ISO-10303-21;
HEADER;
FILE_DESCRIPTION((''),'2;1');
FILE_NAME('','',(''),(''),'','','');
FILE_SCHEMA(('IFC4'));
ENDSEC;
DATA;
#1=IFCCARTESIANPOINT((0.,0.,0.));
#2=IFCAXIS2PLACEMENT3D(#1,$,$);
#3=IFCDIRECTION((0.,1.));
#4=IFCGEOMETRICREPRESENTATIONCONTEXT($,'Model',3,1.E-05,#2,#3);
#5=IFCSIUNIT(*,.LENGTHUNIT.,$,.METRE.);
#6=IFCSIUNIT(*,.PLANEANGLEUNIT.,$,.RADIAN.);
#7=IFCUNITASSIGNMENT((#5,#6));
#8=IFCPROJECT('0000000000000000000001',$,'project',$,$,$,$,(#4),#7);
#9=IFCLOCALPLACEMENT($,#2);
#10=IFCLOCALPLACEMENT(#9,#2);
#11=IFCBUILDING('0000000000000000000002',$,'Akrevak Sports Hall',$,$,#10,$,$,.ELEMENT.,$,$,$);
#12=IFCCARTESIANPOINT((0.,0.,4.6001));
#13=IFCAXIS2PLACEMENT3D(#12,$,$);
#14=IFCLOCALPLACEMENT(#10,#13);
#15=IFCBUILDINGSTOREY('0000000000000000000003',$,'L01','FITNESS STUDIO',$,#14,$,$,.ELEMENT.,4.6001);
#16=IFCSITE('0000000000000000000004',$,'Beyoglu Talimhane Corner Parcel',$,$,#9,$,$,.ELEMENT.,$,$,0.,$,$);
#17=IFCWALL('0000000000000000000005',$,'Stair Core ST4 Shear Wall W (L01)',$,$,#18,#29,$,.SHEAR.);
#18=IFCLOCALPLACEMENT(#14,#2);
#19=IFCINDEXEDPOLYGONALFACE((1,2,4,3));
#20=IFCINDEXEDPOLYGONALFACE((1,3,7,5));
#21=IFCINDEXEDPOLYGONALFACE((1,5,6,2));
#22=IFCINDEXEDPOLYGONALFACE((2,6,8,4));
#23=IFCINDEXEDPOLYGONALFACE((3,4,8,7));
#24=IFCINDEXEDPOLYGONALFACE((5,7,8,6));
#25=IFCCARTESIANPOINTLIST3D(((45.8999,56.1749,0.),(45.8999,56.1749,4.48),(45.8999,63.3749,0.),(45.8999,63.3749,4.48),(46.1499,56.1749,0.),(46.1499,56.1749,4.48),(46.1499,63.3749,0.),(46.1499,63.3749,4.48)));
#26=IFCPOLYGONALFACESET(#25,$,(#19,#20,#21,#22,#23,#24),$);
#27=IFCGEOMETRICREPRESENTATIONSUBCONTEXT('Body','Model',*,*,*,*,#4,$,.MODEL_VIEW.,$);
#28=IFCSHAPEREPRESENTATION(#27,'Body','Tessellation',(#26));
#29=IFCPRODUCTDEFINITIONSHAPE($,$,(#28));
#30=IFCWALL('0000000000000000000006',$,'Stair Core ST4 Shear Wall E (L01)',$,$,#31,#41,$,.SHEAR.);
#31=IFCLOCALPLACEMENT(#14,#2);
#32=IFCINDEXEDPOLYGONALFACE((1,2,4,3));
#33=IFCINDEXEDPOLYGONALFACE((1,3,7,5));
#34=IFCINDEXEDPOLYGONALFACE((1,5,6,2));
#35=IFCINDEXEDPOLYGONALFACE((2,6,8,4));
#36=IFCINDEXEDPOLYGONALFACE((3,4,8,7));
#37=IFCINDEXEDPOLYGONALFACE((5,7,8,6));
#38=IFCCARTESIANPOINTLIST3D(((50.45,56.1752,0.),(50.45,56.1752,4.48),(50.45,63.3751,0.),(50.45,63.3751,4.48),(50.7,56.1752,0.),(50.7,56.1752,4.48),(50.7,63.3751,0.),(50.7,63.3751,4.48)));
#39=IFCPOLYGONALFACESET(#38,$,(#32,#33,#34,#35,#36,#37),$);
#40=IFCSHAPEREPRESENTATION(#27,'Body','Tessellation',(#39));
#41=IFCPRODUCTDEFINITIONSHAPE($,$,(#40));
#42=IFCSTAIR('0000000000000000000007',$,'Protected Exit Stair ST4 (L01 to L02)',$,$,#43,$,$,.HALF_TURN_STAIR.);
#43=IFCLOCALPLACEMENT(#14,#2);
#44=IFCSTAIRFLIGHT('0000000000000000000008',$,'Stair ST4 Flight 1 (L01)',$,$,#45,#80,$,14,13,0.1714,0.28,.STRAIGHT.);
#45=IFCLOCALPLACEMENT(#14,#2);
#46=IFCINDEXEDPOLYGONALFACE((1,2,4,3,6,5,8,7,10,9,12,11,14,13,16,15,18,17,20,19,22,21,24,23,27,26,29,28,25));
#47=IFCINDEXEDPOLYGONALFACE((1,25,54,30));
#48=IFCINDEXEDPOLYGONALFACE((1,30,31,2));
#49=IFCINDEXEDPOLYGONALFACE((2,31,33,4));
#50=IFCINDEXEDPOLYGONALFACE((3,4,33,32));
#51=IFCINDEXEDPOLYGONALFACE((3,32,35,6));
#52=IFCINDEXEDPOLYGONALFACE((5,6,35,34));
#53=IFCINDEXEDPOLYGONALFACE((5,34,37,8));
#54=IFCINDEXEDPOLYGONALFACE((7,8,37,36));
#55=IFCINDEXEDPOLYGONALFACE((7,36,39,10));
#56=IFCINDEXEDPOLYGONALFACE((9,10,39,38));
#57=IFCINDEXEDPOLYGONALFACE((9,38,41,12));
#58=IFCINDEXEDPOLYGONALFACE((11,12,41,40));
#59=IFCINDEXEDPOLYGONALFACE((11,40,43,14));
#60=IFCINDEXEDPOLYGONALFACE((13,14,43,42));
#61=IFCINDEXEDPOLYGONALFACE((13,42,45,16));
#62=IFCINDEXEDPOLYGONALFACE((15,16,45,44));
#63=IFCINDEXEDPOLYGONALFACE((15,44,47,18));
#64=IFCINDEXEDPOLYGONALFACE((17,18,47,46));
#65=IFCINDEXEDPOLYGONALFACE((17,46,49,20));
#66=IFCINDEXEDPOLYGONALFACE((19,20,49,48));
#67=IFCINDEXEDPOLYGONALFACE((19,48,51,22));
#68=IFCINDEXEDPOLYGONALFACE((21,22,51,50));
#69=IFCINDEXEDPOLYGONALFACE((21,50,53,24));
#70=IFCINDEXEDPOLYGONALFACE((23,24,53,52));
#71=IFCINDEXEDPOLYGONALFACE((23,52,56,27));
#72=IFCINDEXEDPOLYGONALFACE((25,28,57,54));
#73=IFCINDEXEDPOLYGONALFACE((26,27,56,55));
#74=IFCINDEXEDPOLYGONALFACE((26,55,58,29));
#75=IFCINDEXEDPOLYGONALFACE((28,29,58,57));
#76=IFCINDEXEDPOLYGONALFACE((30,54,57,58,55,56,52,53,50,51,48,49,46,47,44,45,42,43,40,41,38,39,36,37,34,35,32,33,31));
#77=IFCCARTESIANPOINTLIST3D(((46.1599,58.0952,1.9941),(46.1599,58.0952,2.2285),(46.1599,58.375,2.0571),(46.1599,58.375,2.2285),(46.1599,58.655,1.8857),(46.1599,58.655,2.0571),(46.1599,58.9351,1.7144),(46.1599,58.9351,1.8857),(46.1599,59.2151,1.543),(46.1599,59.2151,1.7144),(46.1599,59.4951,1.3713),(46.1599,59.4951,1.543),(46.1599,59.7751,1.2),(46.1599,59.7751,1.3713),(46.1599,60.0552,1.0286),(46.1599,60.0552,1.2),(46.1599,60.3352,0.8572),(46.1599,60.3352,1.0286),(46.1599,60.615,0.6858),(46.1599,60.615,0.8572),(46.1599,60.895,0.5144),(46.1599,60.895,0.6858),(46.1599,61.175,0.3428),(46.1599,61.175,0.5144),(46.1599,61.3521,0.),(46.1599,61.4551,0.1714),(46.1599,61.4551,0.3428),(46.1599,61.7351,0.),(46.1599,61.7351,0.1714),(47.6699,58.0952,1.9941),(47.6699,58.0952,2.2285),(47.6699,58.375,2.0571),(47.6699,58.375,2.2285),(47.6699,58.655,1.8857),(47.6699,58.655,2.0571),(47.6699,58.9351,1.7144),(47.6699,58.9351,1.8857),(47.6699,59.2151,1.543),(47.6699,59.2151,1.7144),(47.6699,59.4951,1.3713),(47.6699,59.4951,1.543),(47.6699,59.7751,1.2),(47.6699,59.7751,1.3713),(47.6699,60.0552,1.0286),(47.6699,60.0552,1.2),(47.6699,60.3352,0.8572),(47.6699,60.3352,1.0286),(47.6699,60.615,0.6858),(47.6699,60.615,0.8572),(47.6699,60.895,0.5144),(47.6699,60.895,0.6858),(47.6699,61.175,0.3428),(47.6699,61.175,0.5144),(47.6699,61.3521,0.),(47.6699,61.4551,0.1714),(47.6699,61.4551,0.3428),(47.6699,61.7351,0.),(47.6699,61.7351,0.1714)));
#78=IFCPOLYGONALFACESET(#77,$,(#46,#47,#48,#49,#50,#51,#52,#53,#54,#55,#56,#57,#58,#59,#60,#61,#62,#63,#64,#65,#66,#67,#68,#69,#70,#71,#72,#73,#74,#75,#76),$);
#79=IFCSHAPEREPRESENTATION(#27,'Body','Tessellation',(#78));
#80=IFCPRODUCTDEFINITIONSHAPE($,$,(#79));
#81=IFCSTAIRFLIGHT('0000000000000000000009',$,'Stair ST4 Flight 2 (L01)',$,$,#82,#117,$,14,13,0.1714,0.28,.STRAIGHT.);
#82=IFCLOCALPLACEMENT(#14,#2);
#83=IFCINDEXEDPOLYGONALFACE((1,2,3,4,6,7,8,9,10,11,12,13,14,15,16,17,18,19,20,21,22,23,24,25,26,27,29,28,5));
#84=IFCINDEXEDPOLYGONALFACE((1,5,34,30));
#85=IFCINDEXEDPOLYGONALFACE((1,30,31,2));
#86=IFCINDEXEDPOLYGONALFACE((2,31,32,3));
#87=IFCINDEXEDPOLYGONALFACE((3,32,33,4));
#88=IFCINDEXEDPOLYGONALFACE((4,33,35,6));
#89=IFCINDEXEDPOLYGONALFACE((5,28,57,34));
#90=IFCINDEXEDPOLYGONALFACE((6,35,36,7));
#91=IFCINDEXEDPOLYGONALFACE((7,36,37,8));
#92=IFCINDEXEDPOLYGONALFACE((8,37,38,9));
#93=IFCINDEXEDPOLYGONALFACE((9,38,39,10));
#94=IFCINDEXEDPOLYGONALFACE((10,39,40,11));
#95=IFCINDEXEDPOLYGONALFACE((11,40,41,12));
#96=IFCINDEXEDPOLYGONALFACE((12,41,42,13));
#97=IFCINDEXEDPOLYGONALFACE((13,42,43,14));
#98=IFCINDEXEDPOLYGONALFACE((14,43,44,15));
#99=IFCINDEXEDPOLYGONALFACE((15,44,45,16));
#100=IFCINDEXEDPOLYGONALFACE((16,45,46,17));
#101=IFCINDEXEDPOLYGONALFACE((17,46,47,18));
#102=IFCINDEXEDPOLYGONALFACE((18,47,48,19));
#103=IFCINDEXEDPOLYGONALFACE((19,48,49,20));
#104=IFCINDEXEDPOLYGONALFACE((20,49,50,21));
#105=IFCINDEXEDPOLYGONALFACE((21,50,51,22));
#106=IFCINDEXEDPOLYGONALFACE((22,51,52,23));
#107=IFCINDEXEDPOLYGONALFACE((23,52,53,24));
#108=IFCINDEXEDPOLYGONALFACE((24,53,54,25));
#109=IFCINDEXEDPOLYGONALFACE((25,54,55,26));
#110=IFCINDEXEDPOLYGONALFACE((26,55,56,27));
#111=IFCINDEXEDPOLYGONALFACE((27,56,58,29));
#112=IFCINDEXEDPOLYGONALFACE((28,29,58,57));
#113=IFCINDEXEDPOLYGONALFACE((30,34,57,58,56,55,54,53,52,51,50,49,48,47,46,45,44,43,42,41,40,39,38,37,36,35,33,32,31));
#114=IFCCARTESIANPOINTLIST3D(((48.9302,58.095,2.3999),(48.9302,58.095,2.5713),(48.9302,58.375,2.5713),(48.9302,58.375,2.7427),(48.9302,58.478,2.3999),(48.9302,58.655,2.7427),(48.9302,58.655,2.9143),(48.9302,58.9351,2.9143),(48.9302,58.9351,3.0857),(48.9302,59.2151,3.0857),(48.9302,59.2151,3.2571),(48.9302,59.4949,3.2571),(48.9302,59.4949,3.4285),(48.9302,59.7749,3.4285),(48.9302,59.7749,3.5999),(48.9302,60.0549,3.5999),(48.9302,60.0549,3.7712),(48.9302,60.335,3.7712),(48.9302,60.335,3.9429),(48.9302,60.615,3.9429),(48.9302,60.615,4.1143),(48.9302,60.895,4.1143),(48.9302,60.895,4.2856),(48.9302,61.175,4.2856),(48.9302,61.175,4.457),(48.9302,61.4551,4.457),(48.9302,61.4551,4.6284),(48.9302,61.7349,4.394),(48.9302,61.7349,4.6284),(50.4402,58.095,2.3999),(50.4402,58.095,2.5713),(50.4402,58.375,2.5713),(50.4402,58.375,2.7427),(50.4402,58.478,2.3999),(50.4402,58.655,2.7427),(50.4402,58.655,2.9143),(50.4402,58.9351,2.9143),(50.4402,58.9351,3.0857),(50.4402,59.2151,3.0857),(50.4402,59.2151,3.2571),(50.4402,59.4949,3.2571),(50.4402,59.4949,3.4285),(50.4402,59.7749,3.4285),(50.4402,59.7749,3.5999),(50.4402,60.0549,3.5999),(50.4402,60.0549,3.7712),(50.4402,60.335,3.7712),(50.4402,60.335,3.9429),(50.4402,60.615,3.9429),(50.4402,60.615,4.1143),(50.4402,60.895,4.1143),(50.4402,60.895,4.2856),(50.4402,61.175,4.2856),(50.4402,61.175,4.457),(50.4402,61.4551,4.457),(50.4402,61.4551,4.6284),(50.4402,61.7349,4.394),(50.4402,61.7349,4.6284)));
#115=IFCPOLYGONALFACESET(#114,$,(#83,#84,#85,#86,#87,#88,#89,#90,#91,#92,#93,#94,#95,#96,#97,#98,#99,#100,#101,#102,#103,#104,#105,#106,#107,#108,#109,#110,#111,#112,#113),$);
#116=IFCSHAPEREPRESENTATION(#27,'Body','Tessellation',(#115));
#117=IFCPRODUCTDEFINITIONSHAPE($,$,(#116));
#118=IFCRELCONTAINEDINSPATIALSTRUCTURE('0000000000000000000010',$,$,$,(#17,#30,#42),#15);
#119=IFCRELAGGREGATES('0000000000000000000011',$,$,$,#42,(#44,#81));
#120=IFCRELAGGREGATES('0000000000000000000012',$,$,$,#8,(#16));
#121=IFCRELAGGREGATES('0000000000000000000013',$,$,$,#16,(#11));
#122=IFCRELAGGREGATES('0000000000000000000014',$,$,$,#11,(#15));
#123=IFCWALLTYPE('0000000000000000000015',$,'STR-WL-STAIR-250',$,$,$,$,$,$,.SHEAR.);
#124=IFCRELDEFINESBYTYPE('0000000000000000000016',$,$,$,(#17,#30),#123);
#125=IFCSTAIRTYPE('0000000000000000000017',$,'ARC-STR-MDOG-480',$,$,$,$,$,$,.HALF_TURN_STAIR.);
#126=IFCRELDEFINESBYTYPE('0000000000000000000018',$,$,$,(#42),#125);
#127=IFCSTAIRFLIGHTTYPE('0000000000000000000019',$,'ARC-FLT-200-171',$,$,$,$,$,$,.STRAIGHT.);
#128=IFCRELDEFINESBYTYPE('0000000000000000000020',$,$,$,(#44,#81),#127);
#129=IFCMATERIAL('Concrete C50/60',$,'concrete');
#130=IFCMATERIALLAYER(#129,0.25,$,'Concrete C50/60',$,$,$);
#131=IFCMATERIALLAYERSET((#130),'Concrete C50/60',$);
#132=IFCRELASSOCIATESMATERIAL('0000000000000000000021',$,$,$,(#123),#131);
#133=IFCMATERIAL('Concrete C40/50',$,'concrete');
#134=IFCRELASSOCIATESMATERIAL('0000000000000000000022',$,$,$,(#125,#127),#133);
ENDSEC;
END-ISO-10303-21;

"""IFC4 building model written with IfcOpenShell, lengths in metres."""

from ifc_helpers import new_model, si_unit, direction, frame, frame_2d, origin, place, context, subcontext, project, spatial, polyline, rectangle, outline, extrude, material, layer, layer_set, type_object, element, aggregate, save


model = new_model("IFC4")

# Units and contexts
model_context = context("Model", 3, precision=1e-05, world=origin(), true_north=direction((0.0, 1.0)))
body_context = subcontext(model_context, "Body", "Model", "MODEL_VIEW")
ifc_project = project(units=[si_unit("LENGTHUNIT", "METRE"), si_unit("PLANEANGLEUNIT", "RADIAN")], contexts=[model_context])

# Site, building, storey
site_placement = place(None, origin())
site = spatial("IfcSite", under=ifc_project, at=site_placement, Name="Beyoglu Talimhane Corner Parcel", CompositionType="ELEMENT", RefElevation=0.0)
building_placement = place(site_placement, origin())
building = spatial("IfcBuilding", under=site, at=building_placement, Name="Akrevak Sports Hall", CompositionType="ELEMENT")
storey_placement = place(building_placement, frame((0.0, 0.0, 4.6001)))
storey = spatial("IfcBuildingStorey", under=building, at=storey_placement, Name="L01", Description="FITNESS STUDIO", CompositionType="ELEMENT", Elevation=4.6001)

# Shared definitions
ifc_material_1 = material(Name="Concrete C50/60", Category="concrete")

# Shared definitions
ifc_material_2 = material(Name="Concrete C40/50", Category="concrete")

# Shared definitions
ifc_layer_1 = layer(ifc_material_1, 0.25, Name="Concrete C50/60")
ifc_layer_set_1 = layer_set([ifc_layer_1], Name="Concrete C50/60")
wall_type_1 = type_object("IfcWallType", Name="STR-WL-STAIR-250", PredefinedType="SHEAR", material=ifc_layer_set_1)

# Walls
for number, where, z_axis, x_axis, name in (
    (1, (46.0249, 63.375, 0.0), (0.0, 0.0, 1.0), (0.0, -1.0, 0.0), "Stair Core ST4 Shear Wall W (L01)"),
    (2, (50.575, 56.175, 0.0), (0.0, 0.0, 1.0), (0.0, 1.0, 0.0), "Stair Core ST4 Shear Wall E (L01)"),
):
    element("IfcWall", number, at=place(storey_placement, frame(where, z_axis=z_axis, x_axis=x_axis)), inside=storey, type_object=wall_type_1, Name=name, PredefinedType="SHEAR", context=body_context, shape_type="SweptSolid", body=[
        extrude(rectangle(XDim=7.2, YDim=0.25, at=frame_2d((3.6001, 0.0))), origin(), (0.0, 0.0, 1.0), 4.48),
    ])

# Stair, stair flights
stair_type = type_object("IfcStairType", Name="ARC-STR-MDOG-480", PredefinedType="HALF_TURN_STAIR", material=ifc_material_2)
stair_placement = place(storey_placement, origin())
stair = element("IfcStair", 3, at=stair_placement, inside=storey, type_object=stair_type, Name="Protected Exit Stair ST4 (L01 to L02)", PredefinedType="HALF_TURN_STAIR")
stair_flight_type = type_object("IfcStairFlightType", Name="ARC-FLT-200-171", PredefinedType="STRAIGHT", material=ifc_material_2)
stair_flight_1_placement = place(storey_placement, frame((46.915, 61.7351, 0.0), z_axis=(0.0, 0.0, 1.0), x_axis=(0.0, -1.0, 0.0)))
stair_flight_1 = element("IfcStairFlight", 4, at=stair_flight_1_placement, type_object=stair_flight_type, Name="Stair ST4 Flight 1 (L01)", NumberOfRisers=14, NumberOfTreads=13, PredefinedType="STRAIGHT", RiserHeight=0.1714, TreadLength=0.28, context=body_context, shape_type="SweptSolid", body=[
    extrude(outline(polyline([(0.0, 0.0), (0.0, 0.1714), (0.28, 0.1714), (0.28, 0.3428), (0.5601, 0.3428), (0.5601, 0.5144), (0.8401, 0.5144), (0.8401, 0.6858), (1.1201, 0.6858), (1.1201, 0.8572), (1.3999, 0.8572), (1.3999, 1.0286), (1.6799, 1.0286), (1.6799, 1.2), (1.96, 1.2), (1.96, 1.3713), (2.24, 1.3713), (2.24, 1.543), (2.52, 1.543), (2.52, 1.7144), (2.8, 1.7144), (2.8, 1.8857), (3.0801, 1.8857), (3.0801, 2.0571), (3.3601, 2.0571), (3.3601, 2.2285), (3.6399, 2.2285), (3.6399, 2.3999), (3.6399, 1.9941), (0.3831, 0.0), (0.0, 0.0)])), frame((0.0, 0.7549, 0.0), z_axis=(0.0, -1.0, 0.0), x_axis=(1.0, 0.0, 0.0)), (0.0, 0.0, 1.0), 1.51),
])
stair_flight_2_placement = place(storey_placement, frame((49.6851, 58.095, 2.3999), z_axis=(0.0, 0.0, 1.0), x_axis=(0.0, 1.0, 0.0)))
stair_flight_2 = element("IfcStairFlight", 5, at=stair_flight_2_placement, type_object=stair_flight_type, Name="Stair ST4 Flight 2 (L01)", NumberOfRisers=14, NumberOfTreads=13, PredefinedType="STRAIGHT", RiserHeight=0.1714, TreadLength=0.28, context=body_context, shape_type="SweptSolid", body=[
    extrude(outline(polyline([(0.0, 0.0), (0.0, 0.1714), (0.28, 0.1714), (0.28, 0.3428), (0.5601, 0.3428), (0.5601, 0.5144), (0.8401, 0.5144), (0.8401, 0.6858), (1.1201, 0.6858), (1.1201, 0.8572), (1.3999, 0.8572), (1.3999, 1.0286), (1.6799, 1.0286), (1.6799, 1.2), (1.96, 1.2), (1.96, 1.3713), (2.24, 1.3713), (2.24, 1.543), (2.52, 1.543), (2.52, 1.7144), (2.8, 1.7144), (2.8, 1.8857), (3.0801, 1.8857), (3.0801, 2.0571), (3.3601, 2.0571), (3.3601, 2.2285), (3.6399, 2.2285), (3.6399, 2.3999), (3.6399, 1.9941), (0.3831, 0.0), (0.0, 0.0)])), frame((0.0, 0.7549, 0.0), z_axis=(0.0, -1.0, 0.0), x_axis=(1.0, 0.0, 0.0)), (0.0, 0.0, 1.0), 1.51),
])
aggregate(stair, [stair_flight_1, stair_flight_2])

save(model, "model.ifc")
